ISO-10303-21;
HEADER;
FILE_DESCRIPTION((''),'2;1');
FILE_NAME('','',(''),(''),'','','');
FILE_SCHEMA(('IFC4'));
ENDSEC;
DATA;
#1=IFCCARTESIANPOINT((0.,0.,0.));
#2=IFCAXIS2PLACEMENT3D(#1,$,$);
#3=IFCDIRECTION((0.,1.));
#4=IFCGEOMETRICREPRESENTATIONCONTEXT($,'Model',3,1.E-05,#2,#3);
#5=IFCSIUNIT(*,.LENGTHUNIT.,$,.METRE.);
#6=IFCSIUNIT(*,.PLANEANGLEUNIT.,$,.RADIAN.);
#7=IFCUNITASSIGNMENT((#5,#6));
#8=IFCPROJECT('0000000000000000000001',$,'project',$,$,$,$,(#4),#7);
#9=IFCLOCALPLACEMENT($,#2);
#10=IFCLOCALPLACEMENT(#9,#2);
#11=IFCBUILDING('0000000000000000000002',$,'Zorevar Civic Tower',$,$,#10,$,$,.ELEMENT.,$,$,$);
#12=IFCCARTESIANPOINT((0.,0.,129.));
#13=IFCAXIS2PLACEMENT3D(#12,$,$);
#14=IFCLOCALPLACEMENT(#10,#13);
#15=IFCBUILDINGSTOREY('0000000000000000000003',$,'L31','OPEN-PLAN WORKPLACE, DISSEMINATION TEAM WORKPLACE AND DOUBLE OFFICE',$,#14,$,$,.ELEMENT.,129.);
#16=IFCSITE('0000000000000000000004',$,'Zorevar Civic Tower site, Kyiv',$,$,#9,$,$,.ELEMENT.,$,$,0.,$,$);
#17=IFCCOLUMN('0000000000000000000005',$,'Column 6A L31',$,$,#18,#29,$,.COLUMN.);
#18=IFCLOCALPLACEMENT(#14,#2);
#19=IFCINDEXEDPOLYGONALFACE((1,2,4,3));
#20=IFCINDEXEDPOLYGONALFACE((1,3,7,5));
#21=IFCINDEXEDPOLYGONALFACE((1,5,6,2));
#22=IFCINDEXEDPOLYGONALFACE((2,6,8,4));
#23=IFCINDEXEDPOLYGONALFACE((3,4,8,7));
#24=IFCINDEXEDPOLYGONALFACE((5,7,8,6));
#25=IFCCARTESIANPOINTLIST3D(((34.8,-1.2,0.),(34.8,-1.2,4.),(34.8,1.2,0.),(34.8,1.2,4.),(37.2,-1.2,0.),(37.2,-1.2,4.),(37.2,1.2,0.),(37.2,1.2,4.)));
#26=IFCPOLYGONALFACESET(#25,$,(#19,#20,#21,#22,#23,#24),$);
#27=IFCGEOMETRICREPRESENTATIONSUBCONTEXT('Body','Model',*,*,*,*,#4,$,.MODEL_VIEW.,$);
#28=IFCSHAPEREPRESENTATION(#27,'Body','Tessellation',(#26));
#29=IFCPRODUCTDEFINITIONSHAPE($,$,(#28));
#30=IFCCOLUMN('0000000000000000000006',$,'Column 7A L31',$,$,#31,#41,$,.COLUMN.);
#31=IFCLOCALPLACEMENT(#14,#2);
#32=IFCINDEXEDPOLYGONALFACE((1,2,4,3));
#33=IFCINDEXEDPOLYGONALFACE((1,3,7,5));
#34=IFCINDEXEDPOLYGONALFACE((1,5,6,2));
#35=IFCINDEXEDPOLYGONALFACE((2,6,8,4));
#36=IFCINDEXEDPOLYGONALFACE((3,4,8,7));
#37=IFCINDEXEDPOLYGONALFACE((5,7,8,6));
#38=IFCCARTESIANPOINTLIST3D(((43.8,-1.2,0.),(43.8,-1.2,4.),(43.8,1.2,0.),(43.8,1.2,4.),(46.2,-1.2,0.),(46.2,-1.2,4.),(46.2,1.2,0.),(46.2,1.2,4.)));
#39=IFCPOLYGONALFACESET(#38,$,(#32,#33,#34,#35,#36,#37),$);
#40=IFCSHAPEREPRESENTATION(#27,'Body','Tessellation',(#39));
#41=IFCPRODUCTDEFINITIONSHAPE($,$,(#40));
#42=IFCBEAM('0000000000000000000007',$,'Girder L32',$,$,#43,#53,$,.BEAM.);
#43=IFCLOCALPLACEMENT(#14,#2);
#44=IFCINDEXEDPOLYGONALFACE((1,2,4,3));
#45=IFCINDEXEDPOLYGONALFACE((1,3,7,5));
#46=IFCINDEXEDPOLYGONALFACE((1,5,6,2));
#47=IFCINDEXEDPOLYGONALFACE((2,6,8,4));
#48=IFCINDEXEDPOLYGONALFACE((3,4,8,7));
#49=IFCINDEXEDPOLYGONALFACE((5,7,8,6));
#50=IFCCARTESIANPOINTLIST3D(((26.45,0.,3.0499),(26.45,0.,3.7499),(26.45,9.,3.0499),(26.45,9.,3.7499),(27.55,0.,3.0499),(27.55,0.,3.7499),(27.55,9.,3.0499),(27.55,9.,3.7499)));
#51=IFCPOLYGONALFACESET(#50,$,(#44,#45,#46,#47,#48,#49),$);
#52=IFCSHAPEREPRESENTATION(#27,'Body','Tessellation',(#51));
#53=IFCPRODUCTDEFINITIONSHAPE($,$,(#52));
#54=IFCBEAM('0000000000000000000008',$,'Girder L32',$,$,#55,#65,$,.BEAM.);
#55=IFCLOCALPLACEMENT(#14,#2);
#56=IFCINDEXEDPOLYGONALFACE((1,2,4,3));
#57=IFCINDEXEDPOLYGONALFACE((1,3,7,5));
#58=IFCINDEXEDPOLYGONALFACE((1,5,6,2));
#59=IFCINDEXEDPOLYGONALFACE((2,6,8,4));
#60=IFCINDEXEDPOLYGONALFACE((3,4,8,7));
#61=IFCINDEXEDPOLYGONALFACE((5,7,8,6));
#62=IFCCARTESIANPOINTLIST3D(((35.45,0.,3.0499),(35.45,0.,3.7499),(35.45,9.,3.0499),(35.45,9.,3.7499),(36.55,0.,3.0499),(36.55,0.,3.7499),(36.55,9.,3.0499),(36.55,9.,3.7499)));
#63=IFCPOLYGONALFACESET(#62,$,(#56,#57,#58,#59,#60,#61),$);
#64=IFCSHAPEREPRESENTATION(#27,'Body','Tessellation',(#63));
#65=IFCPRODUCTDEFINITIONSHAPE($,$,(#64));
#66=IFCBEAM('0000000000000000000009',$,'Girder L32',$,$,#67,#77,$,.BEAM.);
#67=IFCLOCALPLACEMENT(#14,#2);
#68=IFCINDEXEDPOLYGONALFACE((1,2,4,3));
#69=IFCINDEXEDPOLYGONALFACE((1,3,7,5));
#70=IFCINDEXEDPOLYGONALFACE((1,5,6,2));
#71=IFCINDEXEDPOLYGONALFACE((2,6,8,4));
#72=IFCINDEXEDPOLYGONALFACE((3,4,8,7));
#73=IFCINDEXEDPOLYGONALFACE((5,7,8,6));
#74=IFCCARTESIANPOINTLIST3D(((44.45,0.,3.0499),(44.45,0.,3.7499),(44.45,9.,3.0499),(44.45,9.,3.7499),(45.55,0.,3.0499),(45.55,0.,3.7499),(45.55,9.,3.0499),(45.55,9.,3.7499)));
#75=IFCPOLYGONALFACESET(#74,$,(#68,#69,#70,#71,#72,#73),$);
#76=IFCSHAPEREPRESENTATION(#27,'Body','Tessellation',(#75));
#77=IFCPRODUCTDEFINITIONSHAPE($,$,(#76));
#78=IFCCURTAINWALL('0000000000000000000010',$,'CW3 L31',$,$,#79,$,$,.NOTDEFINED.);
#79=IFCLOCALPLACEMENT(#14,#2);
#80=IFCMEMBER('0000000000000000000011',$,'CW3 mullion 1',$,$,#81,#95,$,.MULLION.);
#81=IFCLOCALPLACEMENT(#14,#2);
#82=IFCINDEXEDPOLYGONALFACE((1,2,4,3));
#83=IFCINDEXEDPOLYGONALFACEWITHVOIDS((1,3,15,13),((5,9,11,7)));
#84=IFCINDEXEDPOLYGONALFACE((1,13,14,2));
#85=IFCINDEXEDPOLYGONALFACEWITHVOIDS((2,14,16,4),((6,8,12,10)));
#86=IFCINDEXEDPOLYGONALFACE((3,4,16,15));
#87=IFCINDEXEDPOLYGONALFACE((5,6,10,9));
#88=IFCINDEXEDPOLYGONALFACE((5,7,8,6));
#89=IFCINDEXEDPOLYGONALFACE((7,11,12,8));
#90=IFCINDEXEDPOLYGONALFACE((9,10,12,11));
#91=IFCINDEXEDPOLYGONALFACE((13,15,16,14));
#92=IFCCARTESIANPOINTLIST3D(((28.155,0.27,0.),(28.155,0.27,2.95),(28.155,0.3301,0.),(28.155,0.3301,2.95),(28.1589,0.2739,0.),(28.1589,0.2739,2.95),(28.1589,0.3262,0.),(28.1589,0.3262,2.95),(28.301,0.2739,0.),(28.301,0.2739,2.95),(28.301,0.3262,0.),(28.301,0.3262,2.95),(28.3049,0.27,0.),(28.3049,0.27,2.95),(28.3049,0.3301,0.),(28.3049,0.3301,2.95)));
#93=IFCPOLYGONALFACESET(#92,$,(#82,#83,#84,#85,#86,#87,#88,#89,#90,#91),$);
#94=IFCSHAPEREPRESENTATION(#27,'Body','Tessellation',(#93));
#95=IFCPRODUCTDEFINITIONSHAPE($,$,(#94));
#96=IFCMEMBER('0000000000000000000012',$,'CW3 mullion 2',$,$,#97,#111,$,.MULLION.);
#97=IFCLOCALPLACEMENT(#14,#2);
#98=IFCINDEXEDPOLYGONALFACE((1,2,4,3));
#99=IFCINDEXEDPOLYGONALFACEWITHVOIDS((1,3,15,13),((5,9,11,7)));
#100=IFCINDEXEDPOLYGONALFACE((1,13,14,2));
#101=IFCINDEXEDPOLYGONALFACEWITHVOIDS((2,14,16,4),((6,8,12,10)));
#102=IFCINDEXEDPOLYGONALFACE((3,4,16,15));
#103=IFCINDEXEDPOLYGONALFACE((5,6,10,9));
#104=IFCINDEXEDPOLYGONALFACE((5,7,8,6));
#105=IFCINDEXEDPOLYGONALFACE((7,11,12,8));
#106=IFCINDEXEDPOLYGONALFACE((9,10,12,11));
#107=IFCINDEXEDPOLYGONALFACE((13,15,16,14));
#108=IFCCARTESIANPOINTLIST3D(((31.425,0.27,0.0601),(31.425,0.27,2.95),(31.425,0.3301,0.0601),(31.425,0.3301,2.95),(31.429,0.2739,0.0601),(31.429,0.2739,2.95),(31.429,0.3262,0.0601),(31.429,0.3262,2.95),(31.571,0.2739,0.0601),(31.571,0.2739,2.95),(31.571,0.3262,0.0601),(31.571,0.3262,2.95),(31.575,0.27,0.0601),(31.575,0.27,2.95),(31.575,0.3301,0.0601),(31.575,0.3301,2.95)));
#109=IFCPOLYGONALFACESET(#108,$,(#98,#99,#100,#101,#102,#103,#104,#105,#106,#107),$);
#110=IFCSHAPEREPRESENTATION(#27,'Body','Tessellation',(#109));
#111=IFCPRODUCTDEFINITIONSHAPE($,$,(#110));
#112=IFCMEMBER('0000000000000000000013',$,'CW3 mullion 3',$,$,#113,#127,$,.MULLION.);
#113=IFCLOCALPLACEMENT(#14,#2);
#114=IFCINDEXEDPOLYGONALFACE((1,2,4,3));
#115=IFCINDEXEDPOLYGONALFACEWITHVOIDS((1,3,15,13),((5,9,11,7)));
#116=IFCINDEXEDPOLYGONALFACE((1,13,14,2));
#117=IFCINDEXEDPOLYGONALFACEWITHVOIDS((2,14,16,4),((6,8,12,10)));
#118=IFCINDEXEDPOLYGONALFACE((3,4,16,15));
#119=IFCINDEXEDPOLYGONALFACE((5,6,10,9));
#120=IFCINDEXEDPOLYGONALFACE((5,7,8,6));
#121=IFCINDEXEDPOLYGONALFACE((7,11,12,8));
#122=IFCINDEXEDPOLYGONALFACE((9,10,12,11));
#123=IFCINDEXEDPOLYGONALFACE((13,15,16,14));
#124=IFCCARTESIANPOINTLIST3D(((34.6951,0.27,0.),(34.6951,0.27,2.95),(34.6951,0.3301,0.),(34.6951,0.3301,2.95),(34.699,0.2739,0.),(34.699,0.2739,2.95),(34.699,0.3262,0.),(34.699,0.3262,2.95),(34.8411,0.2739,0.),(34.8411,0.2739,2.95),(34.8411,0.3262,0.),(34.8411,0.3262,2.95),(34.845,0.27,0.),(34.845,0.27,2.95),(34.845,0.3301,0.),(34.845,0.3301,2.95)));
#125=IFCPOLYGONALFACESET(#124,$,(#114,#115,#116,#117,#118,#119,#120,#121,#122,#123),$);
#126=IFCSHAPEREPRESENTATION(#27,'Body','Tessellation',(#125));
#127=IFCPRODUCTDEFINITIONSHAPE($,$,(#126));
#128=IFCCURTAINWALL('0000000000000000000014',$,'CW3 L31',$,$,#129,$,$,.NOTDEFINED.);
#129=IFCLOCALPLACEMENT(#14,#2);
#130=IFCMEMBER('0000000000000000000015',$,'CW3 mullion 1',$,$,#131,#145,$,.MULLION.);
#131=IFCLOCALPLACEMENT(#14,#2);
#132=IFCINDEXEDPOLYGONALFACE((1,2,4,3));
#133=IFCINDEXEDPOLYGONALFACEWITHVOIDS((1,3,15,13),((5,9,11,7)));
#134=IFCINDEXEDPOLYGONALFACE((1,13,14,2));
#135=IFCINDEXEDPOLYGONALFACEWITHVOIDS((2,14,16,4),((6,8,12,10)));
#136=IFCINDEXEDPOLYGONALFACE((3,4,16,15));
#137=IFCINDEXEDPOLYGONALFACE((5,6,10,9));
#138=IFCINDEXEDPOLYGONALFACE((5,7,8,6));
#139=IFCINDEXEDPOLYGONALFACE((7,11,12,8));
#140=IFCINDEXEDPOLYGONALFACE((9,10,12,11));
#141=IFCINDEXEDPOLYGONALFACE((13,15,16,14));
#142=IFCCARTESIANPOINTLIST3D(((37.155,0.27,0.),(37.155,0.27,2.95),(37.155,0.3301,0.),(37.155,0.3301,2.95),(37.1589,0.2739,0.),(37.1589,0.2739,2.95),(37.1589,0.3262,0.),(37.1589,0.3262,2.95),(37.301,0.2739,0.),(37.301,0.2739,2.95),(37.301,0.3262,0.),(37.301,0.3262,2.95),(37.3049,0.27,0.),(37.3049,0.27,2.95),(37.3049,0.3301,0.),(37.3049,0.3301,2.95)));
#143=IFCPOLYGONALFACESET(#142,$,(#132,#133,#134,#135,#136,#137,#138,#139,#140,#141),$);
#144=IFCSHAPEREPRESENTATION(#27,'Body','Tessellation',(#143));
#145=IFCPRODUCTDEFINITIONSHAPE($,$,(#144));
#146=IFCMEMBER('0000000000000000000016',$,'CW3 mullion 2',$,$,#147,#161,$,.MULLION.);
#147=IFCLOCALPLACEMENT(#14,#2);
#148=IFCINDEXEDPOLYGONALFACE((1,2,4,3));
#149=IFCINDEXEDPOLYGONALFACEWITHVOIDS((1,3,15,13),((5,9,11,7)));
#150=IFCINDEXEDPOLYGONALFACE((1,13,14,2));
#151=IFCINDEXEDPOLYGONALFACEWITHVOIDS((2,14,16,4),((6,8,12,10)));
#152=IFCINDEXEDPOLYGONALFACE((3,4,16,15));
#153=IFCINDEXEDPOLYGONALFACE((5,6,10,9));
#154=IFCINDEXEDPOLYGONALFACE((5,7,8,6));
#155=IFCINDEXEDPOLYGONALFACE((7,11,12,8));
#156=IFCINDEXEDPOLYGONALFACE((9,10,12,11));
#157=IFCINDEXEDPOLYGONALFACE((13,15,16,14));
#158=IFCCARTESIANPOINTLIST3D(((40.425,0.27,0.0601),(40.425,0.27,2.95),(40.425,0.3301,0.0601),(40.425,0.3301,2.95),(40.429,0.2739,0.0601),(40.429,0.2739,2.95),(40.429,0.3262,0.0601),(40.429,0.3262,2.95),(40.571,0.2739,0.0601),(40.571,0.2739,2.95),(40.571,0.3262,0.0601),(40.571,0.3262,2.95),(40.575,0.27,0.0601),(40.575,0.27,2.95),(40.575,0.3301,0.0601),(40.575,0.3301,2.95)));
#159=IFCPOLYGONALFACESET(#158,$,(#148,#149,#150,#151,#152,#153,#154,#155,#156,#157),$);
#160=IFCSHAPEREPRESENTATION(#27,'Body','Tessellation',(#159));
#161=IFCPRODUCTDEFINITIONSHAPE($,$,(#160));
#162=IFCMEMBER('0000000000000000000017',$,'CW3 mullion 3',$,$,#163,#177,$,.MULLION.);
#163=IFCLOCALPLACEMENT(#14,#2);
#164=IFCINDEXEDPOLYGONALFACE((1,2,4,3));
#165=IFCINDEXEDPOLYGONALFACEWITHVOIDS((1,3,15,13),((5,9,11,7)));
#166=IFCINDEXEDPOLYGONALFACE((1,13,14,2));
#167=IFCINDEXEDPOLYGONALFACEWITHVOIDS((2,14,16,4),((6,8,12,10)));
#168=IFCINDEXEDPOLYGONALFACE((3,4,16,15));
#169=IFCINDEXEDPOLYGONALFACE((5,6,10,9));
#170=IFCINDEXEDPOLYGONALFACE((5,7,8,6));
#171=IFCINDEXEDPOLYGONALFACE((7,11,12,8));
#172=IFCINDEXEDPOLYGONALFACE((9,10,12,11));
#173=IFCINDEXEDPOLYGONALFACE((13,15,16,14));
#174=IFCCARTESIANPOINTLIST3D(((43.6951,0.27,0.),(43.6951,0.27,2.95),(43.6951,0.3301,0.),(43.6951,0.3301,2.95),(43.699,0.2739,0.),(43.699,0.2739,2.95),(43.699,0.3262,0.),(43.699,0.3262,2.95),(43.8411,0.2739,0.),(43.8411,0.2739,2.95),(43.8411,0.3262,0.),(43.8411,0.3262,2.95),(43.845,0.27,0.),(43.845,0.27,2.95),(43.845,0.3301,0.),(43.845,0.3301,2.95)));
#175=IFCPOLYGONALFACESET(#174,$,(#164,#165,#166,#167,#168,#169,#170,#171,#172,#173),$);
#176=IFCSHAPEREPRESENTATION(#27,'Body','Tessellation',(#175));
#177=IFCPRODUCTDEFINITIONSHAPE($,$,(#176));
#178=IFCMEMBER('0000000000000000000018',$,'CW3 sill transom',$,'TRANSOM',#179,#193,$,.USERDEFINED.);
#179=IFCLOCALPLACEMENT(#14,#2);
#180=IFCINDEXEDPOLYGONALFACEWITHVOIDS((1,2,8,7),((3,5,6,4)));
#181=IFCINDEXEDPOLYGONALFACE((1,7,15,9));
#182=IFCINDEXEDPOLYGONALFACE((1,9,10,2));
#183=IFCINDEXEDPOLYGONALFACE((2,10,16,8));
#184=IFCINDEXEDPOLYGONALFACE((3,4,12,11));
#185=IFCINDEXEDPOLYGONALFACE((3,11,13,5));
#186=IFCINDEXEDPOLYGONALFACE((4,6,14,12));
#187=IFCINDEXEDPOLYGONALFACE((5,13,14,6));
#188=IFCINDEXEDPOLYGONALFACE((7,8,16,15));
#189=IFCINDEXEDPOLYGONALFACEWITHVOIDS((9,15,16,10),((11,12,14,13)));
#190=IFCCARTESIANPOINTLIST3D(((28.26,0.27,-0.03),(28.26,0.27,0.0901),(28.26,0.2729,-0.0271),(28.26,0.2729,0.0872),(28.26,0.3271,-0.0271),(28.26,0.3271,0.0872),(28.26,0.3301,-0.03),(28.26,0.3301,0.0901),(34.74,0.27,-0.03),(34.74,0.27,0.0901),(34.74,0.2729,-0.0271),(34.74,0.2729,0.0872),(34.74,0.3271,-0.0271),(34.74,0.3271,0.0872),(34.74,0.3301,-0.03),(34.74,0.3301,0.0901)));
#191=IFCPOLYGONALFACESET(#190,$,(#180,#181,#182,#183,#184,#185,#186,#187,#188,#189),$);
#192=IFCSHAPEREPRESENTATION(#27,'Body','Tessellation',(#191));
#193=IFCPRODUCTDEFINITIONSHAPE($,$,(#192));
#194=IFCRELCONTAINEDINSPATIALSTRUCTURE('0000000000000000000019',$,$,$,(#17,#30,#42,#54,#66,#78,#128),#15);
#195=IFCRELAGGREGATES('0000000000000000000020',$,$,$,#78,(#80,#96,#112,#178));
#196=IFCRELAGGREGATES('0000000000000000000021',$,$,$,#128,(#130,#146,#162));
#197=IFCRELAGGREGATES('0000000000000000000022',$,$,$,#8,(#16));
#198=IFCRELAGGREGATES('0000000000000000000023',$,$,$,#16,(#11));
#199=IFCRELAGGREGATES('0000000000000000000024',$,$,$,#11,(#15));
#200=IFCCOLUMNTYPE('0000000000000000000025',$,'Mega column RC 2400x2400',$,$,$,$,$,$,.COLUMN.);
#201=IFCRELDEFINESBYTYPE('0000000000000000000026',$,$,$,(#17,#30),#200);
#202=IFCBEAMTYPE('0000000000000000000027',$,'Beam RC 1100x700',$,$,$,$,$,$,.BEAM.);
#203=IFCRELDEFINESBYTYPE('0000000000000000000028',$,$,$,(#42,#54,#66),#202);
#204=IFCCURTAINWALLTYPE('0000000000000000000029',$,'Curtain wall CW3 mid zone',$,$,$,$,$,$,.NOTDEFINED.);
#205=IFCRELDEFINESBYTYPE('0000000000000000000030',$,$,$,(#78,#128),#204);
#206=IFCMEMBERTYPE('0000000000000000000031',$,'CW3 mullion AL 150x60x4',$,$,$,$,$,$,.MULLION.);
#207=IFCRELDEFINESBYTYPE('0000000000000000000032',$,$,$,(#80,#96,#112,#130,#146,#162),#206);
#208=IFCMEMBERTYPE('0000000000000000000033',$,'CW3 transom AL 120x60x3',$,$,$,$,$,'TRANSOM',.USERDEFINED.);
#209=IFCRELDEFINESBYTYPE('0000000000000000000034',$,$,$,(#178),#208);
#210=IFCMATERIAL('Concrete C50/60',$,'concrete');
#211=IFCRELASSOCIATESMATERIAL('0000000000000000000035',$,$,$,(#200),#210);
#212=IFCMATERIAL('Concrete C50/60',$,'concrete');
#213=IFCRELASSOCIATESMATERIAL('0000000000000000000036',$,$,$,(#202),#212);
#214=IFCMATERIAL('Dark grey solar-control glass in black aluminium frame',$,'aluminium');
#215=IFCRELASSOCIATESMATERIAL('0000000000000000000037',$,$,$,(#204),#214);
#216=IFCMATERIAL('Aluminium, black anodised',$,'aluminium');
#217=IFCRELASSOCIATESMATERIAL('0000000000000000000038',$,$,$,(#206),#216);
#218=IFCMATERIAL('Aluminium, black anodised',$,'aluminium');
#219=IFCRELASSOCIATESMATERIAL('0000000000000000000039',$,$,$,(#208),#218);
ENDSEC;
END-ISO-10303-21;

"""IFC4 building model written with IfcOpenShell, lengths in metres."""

from ifc_helpers import new_model, si_unit, direction, frame, origin, origin_2d, place, context, subcontext, project, spatial, rectangle, hollow_rectangle, extrude, material, material_profile, profile_set, type_object, element, aggregate, save


model = new_model("IFC4")

# Units and contexts
model_context = context("Model", 3, precision=1e-05, world=origin(), true_north=direction((0.0, 1.0)))
body_context = subcontext(model_context, "Body", "Model", "MODEL_VIEW")
ifc_project = project(units=[si_unit("LENGTHUNIT", "METRE"), si_unit("PLANEANGLEUNIT", "RADIAN")], contexts=[model_context])

# Site, building, storey
site_placement = place(None, origin())
site = spatial("IfcSite", under=ifc_project, at=site_placement, Name="Zorevar Civic Tower site, Kyiv", CompositionType="ELEMENT", RefElevation=0.0)
building_placement = place(site_placement, origin())
building = spatial("IfcBuilding", under=site, at=building_placement, Name="Zorevar Civic Tower", CompositionType="ELEMENT")
storey_placement = place(building_placement, frame((0.0, 0.0, 129.0)))
storey = spatial("IfcBuildingStorey", under=building, at=storey_placement, Name="L31", Description="OPEN-PLAN WORKPLACE, DISSEMINATION TEAM WORKPLACE AND DOUBLE OFFICE", CompositionType="ELEMENT", Elevation=129.0)

# Columns
ifc_material_1 = material(Name="Concrete C50/60", Category="concrete")
ifc_material_profile_1 = material_profile(ifc_material_1, rectangle(XDim=2.3999, YDim=2.3999, at=origin_2d()), Name="RC 2400x2400")
ifc_profile_set_1 = profile_set([ifc_material_profile_1], Name="Concrete C50/60")
column_type = type_object("IfcColumnType", Name="Mega column RC 2400x2400", PredefinedType="COLUMN", material=ifc_profile_set_1)
for number, where, z_axis, x_axis, name in (
    (1, (36.0, 0.0, 0.0), (0.0, 0.0, 1.0), (1.0, 0.0, 0.0), "Column 6A L31"),
    (2, (45.0, 0.0, 0.0), (0.0, 0.0, 1.0), (1.0, 0.0, 0.0), "Column 7A L31"),
):
    element("IfcColumn", number, at=place(storey_placement, frame(where, z_axis=z_axis, x_axis=x_axis)), inside=storey, type_object=column_type, Name=name, PredefinedType="COLUMN", context=body_context, shape_type="SweptSolid", body=[
        extrude(rectangle(XDim=2.3999, YDim=2.3999, at=origin_2d()), origin(), (0.0, 0.0, 1.0), 4.0),
    ])

# Beams
ifc_material_2 = material(Name="Concrete C50/60", Category="concrete")
ifc_material_profile_2 = material_profile(ifc_material_2, rectangle(XDim=1.1001, YDim=0.7, at=origin_2d()), Name="RC 1100x700")
ifc_profile_set_2 = profile_set([ifc_material_profile_2], Name="Concrete C50/60")
beam_type_1 = type_object("IfcBeamType", Name="Beam RC 1100x700", PredefinedType="BEAM", material=ifc_profile_set_2)
for number, where, z_axis, x_axis, name in (
    (3, (27.0, 0.0, 3.3999), (0.0, 1.0, 0.0), (-1.0, 0.0, 0.0), "Girder L32"),
    (4, (36.0, 0.0, 3.3999), (0.0, 1.0, 0.0), (-1.0, 0.0, 0.0), "Girder L32"),
    (5, (45.0, 0.0, 3.3999), (0.0, 1.0, 0.0), (-1.0, 0.0, 0.0), "Girder L32"),
):
    element("IfcBeam", number, at=place(storey_placement, frame(where, z_axis=z_axis, x_axis=x_axis)), inside=storey, type_object=beam_type_1, Name=name, PredefinedType="BEAM", context=body_context, shape_type="SweptSolid", body=[
        extrude(rectangle(XDim=1.1001, YDim=0.7, at=origin_2d()), origin(), (0.0, 0.0, 1.0), 9.0),
    ])

# Curtain walls, members
ifc_material_3 = material(Name="Dark grey solar-control glass in black aluminium frame", Category="aluminium")
curtain_wall_type = type_object("IfcCurtainWallType", Name="Curtain wall CW3 mid zone", PredefinedType="NOTDEFINED", material=ifc_material_3)
curtain_wall_1_placement = place(storey_placement, origin())
curtain_wall_1 = element("IfcCurtainWall", 6, at=curtain_wall_1_placement, inside=storey, type_object=curtain_wall_type, Name="CW3 L31", PredefinedType="NOTDEFINED")
ifc_material_4 = material(Name="Aluminium, black anodised", Category="aluminium")
ifc_material_profile_3 = material_profile(ifc_material_4, hollow_rectangle(XDim=0.0601, YDim=0.1499, WallThickness=0.0039, at=origin_2d()), Name="AL 150x60x4")
ifc_profile_set_3 = profile_set([ifc_material_profile_3], Name="Aluminium, black anodised")
member_type_1 = type_object("IfcMemberType", Name="CW3 mullion AL 150x60x4", PredefinedType="MULLION", material=ifc_profile_set_3)
member_1_placement = place(storey_placement, frame((28.23, 0.3, 0.0), z_axis=(0.0, 0.0, 1.0), x_axis=(0.0, 1.0, 0.0)))
member_1 = element("IfcMember", 7, at=member_1_placement, type_object=member_type_1, Name="CW3 mullion 1", PredefinedType="MULLION", context=body_context, shape_type="SweptSolid", body=[
    extrude(hollow_rectangle(XDim=0.0601, YDim=0.1499, WallThickness=0.0039, at=origin_2d()), origin(), (0.0, 0.0, 1.0), 2.95),
])
member_2_placement = place(storey_placement, frame((31.5, 0.3, 0.0601), z_axis=(0.0, 0.0, 1.0), x_axis=(0.0, 1.0, 0.0)))
member_2 = element("IfcMember", 8, at=member_2_placement, type_object=member_type_1, Name="CW3 mullion 2", PredefinedType="MULLION", context=body_context, shape_type="SweptSolid", body=[
    extrude(hollow_rectangle(XDim=0.0601, YDim=0.1499, WallThickness=0.0039, at=origin_2d()), origin(), (0.0, 0.0, 1.0), 2.8899),
])
member_3_placement = place(storey_placement, frame((34.77, 0.3, 0.0), z_axis=(0.0, 0.0, 1.0), x_axis=(0.0, 1.0, 0.0)))
member_3 = element("IfcMember", 9, at=member_3_placement, type_object=member_type_1, Name="CW3 mullion 3", PredefinedType="MULLION", context=body_context, shape_type="SweptSolid", body=[
    extrude(hollow_rectangle(XDim=0.0601, YDim=0.1499, WallThickness=0.0039, at=origin_2d()), origin(), (0.0, 0.0, 1.0), 2.95),
])
curtain_wall_2_placement = place(storey_placement, origin())
curtain_wall_2 = element("IfcCurtainWall", 10, at=curtain_wall_2_placement, inside=storey, type_object=curtain_wall_type, Name="CW3 L31", PredefinedType="NOTDEFINED")
member_4_placement = place(storey_placement, frame((37.23, 0.3, 0.0), z_axis=(0.0, 0.0, 1.0), x_axis=(0.0, 1.0, 0.0)))
member_4 = element("IfcMember", 11, at=member_4_placement, type_object=member_type_1, Name="CW3 mullion 1", PredefinedType="MULLION", context=body_context, shape_type="SweptSolid", body=[
    extrude(hollow_rectangle(XDim=0.0601, YDim=0.1499, WallThickness=0.0039, at=origin_2d()), origin(), (0.0, 0.0, 1.0), 2.95),
])
member_5_placement = place(storey_placement, frame((40.5, 0.3, 0.0601), z_axis=(0.0, 0.0, 1.0), x_axis=(0.0, 1.0, 0.0)))
member_5 = element("IfcMember", 12, at=member_5_placement, type_object=member_type_1, Name="CW3 mullion 2", PredefinedType="MULLION", context=body_context, shape_type="SweptSolid", body=[
    extrude(hollow_rectangle(XDim=0.0601, YDim=0.1499, WallThickness=0.0039, at=origin_2d()), origin(), (0.0, 0.0, 1.0), 2.8899),
])
member_6_placement = place(storey_placement, frame((43.77, 0.3, 0.0), z_axis=(0.0, 0.0, 1.0), x_axis=(0.0, 1.0, 0.0)))
member_6 = element("IfcMember", 13, at=member_6_placement, type_object=member_type_1, Name="CW3 mullion 3", PredefinedType="MULLION", context=body_context, shape_type="SweptSolid", body=[
    extrude(hollow_rectangle(XDim=0.0601, YDim=0.1499, WallThickness=0.0039, at=origin_2d()), origin(), (0.0, 0.0, 1.0), 2.95),
])

# Member
ifc_material_5 = material(Name="Aluminium, black anodised", Category="aluminium")
ifc_material_profile_4 = material_profile(ifc_material_5, hollow_rectangle(XDim=0.0601, YDim=0.1201, WallThickness=0.0029, at=origin_2d()), Name="AL 120x60x3")
ifc_profile_set_4 = profile_set([ifc_material_profile_4], Name="Aluminium, black anodised")
member_type_2 = type_object("IfcMemberType", Name="CW3 transom AL 120x60x3", ElementType="TRANSOM", PredefinedType="USERDEFINED", material=ifc_profile_set_4)
member_7_placement = place(storey_placement, frame((28.26, 0.3, 0.03), z_axis=(1.0, 0.0, 0.0), x_axis=(0.0, 1.0, 0.0)))
member_7 = element("IfcMember", 14, at=member_7_placement, type_object=member_type_2, Name="CW3 sill transom", ObjectType="TRANSOM", PredefinedType="USERDEFINED", context=body_context, shape_type="SweptSolid", body=[
    extrude(hollow_rectangle(XDim=0.0601, YDim=0.1201, WallThickness=0.0029, at=origin_2d()), origin(), (0.0, 0.0, 1.0), 6.48),
])

aggregate(curtain_wall_1, [member_1, member_2, member_3, member_7])
aggregate(curtain_wall_2, [member_4, member_5, member_6])

save(model, "model.ifc")
